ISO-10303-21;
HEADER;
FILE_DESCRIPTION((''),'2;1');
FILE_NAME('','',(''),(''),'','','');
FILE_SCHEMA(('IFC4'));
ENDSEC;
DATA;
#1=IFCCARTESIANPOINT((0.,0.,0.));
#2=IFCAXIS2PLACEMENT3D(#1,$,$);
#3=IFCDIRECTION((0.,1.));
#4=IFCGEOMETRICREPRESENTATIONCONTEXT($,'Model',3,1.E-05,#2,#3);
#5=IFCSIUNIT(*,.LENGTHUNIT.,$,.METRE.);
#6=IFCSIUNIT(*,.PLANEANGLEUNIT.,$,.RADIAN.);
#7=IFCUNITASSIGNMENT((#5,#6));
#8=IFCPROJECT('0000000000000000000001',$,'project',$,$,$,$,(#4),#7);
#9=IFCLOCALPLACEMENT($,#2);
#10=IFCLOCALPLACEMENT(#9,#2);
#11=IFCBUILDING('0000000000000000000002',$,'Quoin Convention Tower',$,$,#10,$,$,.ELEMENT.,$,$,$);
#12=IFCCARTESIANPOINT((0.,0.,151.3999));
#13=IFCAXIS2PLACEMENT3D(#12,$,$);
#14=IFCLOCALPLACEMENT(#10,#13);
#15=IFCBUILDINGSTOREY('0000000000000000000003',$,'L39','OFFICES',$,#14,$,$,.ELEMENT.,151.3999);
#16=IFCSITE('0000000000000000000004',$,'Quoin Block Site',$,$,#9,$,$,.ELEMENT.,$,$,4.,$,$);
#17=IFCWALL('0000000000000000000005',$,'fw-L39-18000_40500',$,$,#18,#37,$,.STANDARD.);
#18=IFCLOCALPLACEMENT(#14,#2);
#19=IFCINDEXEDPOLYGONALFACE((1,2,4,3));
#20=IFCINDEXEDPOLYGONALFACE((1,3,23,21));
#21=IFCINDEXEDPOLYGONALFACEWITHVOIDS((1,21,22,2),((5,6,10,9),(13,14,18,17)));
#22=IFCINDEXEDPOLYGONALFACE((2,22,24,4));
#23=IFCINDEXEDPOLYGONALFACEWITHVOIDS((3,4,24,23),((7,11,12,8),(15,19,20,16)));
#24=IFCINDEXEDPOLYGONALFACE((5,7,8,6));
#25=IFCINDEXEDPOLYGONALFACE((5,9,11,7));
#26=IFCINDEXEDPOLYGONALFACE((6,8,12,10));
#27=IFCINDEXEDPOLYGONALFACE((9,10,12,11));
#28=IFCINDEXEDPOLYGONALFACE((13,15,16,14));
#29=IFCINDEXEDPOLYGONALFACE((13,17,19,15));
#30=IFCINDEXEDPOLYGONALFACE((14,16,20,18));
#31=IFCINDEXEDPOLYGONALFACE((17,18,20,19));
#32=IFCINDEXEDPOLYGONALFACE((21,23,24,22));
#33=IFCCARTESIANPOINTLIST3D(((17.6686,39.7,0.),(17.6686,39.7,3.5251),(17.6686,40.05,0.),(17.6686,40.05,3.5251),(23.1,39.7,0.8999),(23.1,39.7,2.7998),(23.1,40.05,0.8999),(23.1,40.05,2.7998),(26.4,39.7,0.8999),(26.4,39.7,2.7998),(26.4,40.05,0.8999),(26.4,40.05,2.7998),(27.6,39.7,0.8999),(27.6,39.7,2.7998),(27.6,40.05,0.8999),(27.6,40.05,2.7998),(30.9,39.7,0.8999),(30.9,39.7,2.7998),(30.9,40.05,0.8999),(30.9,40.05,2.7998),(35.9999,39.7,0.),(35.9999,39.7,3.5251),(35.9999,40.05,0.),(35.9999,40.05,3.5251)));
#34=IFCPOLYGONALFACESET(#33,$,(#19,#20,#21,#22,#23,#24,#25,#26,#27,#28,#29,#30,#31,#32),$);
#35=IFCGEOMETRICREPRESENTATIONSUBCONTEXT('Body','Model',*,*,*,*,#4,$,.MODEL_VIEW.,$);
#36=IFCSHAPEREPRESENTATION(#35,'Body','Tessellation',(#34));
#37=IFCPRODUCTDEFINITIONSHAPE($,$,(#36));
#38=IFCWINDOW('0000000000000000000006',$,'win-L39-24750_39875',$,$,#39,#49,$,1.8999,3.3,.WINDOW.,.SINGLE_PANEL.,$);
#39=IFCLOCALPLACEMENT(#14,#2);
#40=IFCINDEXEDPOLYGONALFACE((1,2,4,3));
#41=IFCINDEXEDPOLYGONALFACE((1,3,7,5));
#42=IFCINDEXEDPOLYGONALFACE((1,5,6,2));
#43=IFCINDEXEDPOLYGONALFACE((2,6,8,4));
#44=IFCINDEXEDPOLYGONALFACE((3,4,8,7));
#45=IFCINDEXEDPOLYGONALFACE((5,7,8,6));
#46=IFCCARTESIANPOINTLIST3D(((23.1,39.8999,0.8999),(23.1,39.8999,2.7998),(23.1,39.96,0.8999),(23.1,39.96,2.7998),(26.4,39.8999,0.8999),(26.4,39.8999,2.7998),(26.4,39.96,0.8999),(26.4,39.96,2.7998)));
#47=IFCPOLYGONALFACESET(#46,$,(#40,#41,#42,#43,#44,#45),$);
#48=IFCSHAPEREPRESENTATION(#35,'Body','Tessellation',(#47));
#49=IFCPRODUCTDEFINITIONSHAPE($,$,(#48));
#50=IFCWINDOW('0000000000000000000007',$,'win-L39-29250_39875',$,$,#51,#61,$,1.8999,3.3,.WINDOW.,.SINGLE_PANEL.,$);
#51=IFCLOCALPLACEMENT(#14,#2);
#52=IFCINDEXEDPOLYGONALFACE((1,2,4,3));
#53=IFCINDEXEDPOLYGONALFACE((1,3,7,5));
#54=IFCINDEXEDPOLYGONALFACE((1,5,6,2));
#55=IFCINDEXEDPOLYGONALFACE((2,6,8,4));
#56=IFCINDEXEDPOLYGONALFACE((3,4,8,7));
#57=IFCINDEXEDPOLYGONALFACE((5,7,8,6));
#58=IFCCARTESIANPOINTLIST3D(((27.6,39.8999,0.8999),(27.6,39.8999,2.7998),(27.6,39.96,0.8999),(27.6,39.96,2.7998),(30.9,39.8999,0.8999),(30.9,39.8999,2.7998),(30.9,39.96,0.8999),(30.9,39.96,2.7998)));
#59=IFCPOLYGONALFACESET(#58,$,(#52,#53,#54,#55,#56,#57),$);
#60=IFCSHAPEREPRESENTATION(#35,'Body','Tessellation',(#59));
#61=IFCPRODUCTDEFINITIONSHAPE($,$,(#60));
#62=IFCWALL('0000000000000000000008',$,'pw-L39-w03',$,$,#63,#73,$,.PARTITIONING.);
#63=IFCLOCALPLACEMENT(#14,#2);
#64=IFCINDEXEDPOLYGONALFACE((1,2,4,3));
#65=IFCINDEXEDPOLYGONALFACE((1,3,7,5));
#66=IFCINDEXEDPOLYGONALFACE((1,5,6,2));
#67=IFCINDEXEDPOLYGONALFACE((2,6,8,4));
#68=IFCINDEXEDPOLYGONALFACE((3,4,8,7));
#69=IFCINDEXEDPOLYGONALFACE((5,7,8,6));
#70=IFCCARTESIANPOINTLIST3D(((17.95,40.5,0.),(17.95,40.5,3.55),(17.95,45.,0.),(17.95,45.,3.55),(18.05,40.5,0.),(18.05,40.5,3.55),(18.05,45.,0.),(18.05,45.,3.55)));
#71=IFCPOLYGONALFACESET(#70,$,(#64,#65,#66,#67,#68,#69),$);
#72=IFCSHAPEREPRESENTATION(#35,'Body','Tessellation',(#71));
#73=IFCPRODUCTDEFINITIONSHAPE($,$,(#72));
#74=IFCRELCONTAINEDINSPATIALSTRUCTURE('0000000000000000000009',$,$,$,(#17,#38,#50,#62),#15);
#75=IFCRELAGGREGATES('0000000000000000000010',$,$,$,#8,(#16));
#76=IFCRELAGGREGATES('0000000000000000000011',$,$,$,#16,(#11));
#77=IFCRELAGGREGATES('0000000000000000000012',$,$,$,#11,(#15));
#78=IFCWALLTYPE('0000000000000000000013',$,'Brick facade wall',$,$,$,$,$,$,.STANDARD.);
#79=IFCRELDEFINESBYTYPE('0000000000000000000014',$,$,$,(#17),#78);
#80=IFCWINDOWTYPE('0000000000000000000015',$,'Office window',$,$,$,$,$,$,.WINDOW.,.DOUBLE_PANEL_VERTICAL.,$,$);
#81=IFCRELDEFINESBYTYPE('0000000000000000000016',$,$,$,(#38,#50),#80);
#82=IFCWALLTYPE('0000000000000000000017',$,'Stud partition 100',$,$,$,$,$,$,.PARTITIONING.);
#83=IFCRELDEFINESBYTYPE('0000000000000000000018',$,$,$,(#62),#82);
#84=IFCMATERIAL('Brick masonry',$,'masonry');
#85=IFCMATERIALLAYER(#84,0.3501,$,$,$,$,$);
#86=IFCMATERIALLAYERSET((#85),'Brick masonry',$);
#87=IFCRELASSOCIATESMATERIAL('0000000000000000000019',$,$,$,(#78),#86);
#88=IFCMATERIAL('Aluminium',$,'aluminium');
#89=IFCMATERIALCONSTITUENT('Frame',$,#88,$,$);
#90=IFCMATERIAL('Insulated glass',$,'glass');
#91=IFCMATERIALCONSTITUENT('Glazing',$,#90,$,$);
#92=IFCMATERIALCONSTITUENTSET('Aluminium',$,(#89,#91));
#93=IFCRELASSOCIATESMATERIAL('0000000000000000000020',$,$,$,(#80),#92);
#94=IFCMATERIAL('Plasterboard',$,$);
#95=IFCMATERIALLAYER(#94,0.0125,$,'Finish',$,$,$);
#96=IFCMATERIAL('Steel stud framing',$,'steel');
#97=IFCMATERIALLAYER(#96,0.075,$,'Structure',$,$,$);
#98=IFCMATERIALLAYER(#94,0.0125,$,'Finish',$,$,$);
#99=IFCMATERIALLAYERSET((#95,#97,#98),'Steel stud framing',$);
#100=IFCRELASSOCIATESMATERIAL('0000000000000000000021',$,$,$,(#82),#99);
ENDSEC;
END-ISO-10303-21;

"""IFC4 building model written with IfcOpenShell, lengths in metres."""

from ifc_helpers import new_model, si_unit, direction, frame, frame_2d, origin, place, context, subcontext, project, spatial, rectangle, extrude, material, layer, layer_set, constituent, constituent_set, type_object, element, fill, save


model = new_model("IFC4")

# Units and contexts
model_context = context("Model", 3, precision=1e-05, world=origin(), true_north=direction((0.0, 1.0)))
body_context = subcontext(model_context, "Body", "Model", "MODEL_VIEW")
ifc_project = project(units=[si_unit("LENGTHUNIT", "METRE"), si_unit("PLANEANGLEUNIT", "RADIAN")], contexts=[model_context])

# Site, building, storey
site_placement = place(None, origin())
site = spatial("IfcSite", under=ifc_project, at=site_placement, Name="Quoin Block Site", CompositionType="ELEMENT", RefElevation=4.0)
building_placement = place(site_placement, origin())
building = spatial("IfcBuilding", under=site, at=building_placement, Name="Quoin Convention Tower", CompositionType="ELEMENT")
storey_placement = place(building_placement, frame((0.0, 0.0, 151.3999)))
storey = spatial("IfcBuildingStorey", under=building, at=storey_placement, Name="L39", Description="OFFICES", CompositionType="ELEMENT", Elevation=151.3999)

# Wall, openings, windows
ifc_material_1 = material(Name="Brick masonry", Category="masonry")
ifc_layer_1 = layer(ifc_material_1, 0.3501)
ifc_layer_set_1 = layer_set([ifc_layer_1], Name="Brick masonry")
wall_type_1 = type_object("IfcWallType", Name="Brick facade wall", PredefinedType="STANDARD", material=ifc_layer_set_1)
ifc_material_2 = material(Name="Aluminium", Category="aluminium")
ifc_constituent_1 = constituent(ifc_material_2, Name="Frame")
ifc_material_3 = material(Name="Insulated glass", Category="glass")
ifc_constituent_2 = constituent(ifc_material_3, Name="Glazing")
ifc_constituent_set = constituent_set(constituents=[ifc_constituent_1, ifc_constituent_2], Name="Aluminium")
window_type = type_object("IfcWindowType", Name="Office window", PartitioningType="DOUBLE_PANEL_VERTICAL", PredefinedType="WINDOW", material=ifc_constituent_set)
wall_1_placement = place(storey_placement, frame((17.6687, 39.875, 0.0), z_axis=(0.0, 0.0, 1.0), x_axis=(1.0, 0.0, 0.0)))
wall_1 = element("IfcWall", 1, at=wall_1_placement, inside=storey, type_object=wall_type_1, Name="fw-L39-18000_40500", PredefinedType="STANDARD", context=body_context, shape_type="SweptSolid", body=[
    extrude(rectangle(XDim=18.3313, YDim=0.3501, at=frame_2d((9.1655, 0.0))), origin(), (0.0, 0.0, 1.0), 3.5251),
])
opening_1_placement = place(wall_1_placement, frame((5.4314, 0.0, 0.8999)))
opening_1 = element("IfcOpeningElement", 2, at=opening_1_placement, cuts=wall_1, PredefinedType="OPENING", context=body_context, shape_type="SweptSolid", body=[
    extrude(rectangle(XDim=3.3, YDim=1.8999, at=frame_2d((1.6499, 0.95))), frame((0.0, 0.1851, 0.0), z_axis=(0.0, -1.0, 0.0), x_axis=(1.0, 0.0, 0.0)), (0.0, 0.0, 1.0), 0.3701),
])
opening_2_placement = place(wall_1_placement, frame((9.9314, 0.0, 0.8999)))
opening_2 = element("IfcOpeningElement", 3, at=opening_2_placement, cuts=wall_1, PredefinedType="OPENING", context=body_context, shape_type="SweptSolid", body=[
    extrude(rectangle(XDim=3.3, YDim=1.8999, at=frame_2d((1.6499, 0.95))), frame((0.0, 0.1851, 0.0), z_axis=(0.0, -1.0, 0.0), x_axis=(1.0, 0.0, 0.0)), (0.0, 0.0, 1.0), 0.3701),
])
window_1_placement = place(opening_1_placement, origin())
window_1 = element("IfcWindow", 4, at=window_1_placement, inside=storey, type_object=window_type, Name="win-L39-24750_39875", OverallHeight=1.8999, OverallWidth=3.3, PartitioningType="SINGLE_PANEL", PredefinedType="WINDOW", context=body_context, shape_type="SweptSolid", body=[
    extrude(rectangle(XDim=3.3, YDim=1.8999, at=frame_2d((1.6499, 0.95))), frame((0.0, 0.085, 0.0), z_axis=(0.0, -1.0, 0.0), x_axis=(1.0, 0.0, 0.0)), (0.0, 0.0, 1.0), 0.0601),
])
fill(opening_1, window_1)
window_2_placement = place(opening_2_placement, origin())
window_2 = element("IfcWindow", 5, at=window_2_placement, inside=storey, type_object=window_type, Name="win-L39-29250_39875", OverallHeight=1.8999, OverallWidth=3.3, PartitioningType="SINGLE_PANEL", PredefinedType="WINDOW", context=body_context, shape_type="SweptSolid", body=[
    extrude(rectangle(XDim=3.3, YDim=1.8999, at=frame_2d((1.6499, 0.95))), frame((0.0, 0.085, 0.0), z_axis=(0.0, -1.0, 0.0), x_axis=(1.0, 0.0, 0.0)), (0.0, 0.0, 1.0), 0.0601),
])
fill(opening_2, window_2)

# Wall
ifc_material_4 = material(Name="Plasterboard")
ifc_layer_2 = layer(ifc_material_4, 0.0125, Name="Finish")
ifc_material_5 = material(Name="Steel stud framing", Category="steel")
ifc_layer_3 = layer(ifc_material_5, 0.075, Name="Structure")
ifc_layer_4 = layer(ifc_material_4, 0.0125, Name="Finish")
ifc_layer_set_2 = layer_set([ifc_layer_2, ifc_layer_3, ifc_layer_4], Name="Steel stud framing")
wall_type_2 = type_object("IfcWallType", Name="Stud partition 100", PredefinedType="PARTITIONING", material=ifc_layer_set_2)
wall_2_placement = place(storey_placement, frame((18.0, 40.5, 0.0), z_axis=(0.0, 0.0, 1.0), x_axis=(0.0, 1.0, 0.0)))
element("IfcWall", 6, at=wall_2_placement, inside=storey, type_object=wall_type_2, Name="pw-L39-w03", PredefinedType="PARTITIONING", context=body_context, shape_type="SweptSolid", body=[
    extrude(rectangle(XDim=4.5, YDim=0.1001, at=frame_2d((2.25, 0.0))), origin(), (0.0, 0.0, 1.0), 3.55),
])

save(model, "model.ifc")
